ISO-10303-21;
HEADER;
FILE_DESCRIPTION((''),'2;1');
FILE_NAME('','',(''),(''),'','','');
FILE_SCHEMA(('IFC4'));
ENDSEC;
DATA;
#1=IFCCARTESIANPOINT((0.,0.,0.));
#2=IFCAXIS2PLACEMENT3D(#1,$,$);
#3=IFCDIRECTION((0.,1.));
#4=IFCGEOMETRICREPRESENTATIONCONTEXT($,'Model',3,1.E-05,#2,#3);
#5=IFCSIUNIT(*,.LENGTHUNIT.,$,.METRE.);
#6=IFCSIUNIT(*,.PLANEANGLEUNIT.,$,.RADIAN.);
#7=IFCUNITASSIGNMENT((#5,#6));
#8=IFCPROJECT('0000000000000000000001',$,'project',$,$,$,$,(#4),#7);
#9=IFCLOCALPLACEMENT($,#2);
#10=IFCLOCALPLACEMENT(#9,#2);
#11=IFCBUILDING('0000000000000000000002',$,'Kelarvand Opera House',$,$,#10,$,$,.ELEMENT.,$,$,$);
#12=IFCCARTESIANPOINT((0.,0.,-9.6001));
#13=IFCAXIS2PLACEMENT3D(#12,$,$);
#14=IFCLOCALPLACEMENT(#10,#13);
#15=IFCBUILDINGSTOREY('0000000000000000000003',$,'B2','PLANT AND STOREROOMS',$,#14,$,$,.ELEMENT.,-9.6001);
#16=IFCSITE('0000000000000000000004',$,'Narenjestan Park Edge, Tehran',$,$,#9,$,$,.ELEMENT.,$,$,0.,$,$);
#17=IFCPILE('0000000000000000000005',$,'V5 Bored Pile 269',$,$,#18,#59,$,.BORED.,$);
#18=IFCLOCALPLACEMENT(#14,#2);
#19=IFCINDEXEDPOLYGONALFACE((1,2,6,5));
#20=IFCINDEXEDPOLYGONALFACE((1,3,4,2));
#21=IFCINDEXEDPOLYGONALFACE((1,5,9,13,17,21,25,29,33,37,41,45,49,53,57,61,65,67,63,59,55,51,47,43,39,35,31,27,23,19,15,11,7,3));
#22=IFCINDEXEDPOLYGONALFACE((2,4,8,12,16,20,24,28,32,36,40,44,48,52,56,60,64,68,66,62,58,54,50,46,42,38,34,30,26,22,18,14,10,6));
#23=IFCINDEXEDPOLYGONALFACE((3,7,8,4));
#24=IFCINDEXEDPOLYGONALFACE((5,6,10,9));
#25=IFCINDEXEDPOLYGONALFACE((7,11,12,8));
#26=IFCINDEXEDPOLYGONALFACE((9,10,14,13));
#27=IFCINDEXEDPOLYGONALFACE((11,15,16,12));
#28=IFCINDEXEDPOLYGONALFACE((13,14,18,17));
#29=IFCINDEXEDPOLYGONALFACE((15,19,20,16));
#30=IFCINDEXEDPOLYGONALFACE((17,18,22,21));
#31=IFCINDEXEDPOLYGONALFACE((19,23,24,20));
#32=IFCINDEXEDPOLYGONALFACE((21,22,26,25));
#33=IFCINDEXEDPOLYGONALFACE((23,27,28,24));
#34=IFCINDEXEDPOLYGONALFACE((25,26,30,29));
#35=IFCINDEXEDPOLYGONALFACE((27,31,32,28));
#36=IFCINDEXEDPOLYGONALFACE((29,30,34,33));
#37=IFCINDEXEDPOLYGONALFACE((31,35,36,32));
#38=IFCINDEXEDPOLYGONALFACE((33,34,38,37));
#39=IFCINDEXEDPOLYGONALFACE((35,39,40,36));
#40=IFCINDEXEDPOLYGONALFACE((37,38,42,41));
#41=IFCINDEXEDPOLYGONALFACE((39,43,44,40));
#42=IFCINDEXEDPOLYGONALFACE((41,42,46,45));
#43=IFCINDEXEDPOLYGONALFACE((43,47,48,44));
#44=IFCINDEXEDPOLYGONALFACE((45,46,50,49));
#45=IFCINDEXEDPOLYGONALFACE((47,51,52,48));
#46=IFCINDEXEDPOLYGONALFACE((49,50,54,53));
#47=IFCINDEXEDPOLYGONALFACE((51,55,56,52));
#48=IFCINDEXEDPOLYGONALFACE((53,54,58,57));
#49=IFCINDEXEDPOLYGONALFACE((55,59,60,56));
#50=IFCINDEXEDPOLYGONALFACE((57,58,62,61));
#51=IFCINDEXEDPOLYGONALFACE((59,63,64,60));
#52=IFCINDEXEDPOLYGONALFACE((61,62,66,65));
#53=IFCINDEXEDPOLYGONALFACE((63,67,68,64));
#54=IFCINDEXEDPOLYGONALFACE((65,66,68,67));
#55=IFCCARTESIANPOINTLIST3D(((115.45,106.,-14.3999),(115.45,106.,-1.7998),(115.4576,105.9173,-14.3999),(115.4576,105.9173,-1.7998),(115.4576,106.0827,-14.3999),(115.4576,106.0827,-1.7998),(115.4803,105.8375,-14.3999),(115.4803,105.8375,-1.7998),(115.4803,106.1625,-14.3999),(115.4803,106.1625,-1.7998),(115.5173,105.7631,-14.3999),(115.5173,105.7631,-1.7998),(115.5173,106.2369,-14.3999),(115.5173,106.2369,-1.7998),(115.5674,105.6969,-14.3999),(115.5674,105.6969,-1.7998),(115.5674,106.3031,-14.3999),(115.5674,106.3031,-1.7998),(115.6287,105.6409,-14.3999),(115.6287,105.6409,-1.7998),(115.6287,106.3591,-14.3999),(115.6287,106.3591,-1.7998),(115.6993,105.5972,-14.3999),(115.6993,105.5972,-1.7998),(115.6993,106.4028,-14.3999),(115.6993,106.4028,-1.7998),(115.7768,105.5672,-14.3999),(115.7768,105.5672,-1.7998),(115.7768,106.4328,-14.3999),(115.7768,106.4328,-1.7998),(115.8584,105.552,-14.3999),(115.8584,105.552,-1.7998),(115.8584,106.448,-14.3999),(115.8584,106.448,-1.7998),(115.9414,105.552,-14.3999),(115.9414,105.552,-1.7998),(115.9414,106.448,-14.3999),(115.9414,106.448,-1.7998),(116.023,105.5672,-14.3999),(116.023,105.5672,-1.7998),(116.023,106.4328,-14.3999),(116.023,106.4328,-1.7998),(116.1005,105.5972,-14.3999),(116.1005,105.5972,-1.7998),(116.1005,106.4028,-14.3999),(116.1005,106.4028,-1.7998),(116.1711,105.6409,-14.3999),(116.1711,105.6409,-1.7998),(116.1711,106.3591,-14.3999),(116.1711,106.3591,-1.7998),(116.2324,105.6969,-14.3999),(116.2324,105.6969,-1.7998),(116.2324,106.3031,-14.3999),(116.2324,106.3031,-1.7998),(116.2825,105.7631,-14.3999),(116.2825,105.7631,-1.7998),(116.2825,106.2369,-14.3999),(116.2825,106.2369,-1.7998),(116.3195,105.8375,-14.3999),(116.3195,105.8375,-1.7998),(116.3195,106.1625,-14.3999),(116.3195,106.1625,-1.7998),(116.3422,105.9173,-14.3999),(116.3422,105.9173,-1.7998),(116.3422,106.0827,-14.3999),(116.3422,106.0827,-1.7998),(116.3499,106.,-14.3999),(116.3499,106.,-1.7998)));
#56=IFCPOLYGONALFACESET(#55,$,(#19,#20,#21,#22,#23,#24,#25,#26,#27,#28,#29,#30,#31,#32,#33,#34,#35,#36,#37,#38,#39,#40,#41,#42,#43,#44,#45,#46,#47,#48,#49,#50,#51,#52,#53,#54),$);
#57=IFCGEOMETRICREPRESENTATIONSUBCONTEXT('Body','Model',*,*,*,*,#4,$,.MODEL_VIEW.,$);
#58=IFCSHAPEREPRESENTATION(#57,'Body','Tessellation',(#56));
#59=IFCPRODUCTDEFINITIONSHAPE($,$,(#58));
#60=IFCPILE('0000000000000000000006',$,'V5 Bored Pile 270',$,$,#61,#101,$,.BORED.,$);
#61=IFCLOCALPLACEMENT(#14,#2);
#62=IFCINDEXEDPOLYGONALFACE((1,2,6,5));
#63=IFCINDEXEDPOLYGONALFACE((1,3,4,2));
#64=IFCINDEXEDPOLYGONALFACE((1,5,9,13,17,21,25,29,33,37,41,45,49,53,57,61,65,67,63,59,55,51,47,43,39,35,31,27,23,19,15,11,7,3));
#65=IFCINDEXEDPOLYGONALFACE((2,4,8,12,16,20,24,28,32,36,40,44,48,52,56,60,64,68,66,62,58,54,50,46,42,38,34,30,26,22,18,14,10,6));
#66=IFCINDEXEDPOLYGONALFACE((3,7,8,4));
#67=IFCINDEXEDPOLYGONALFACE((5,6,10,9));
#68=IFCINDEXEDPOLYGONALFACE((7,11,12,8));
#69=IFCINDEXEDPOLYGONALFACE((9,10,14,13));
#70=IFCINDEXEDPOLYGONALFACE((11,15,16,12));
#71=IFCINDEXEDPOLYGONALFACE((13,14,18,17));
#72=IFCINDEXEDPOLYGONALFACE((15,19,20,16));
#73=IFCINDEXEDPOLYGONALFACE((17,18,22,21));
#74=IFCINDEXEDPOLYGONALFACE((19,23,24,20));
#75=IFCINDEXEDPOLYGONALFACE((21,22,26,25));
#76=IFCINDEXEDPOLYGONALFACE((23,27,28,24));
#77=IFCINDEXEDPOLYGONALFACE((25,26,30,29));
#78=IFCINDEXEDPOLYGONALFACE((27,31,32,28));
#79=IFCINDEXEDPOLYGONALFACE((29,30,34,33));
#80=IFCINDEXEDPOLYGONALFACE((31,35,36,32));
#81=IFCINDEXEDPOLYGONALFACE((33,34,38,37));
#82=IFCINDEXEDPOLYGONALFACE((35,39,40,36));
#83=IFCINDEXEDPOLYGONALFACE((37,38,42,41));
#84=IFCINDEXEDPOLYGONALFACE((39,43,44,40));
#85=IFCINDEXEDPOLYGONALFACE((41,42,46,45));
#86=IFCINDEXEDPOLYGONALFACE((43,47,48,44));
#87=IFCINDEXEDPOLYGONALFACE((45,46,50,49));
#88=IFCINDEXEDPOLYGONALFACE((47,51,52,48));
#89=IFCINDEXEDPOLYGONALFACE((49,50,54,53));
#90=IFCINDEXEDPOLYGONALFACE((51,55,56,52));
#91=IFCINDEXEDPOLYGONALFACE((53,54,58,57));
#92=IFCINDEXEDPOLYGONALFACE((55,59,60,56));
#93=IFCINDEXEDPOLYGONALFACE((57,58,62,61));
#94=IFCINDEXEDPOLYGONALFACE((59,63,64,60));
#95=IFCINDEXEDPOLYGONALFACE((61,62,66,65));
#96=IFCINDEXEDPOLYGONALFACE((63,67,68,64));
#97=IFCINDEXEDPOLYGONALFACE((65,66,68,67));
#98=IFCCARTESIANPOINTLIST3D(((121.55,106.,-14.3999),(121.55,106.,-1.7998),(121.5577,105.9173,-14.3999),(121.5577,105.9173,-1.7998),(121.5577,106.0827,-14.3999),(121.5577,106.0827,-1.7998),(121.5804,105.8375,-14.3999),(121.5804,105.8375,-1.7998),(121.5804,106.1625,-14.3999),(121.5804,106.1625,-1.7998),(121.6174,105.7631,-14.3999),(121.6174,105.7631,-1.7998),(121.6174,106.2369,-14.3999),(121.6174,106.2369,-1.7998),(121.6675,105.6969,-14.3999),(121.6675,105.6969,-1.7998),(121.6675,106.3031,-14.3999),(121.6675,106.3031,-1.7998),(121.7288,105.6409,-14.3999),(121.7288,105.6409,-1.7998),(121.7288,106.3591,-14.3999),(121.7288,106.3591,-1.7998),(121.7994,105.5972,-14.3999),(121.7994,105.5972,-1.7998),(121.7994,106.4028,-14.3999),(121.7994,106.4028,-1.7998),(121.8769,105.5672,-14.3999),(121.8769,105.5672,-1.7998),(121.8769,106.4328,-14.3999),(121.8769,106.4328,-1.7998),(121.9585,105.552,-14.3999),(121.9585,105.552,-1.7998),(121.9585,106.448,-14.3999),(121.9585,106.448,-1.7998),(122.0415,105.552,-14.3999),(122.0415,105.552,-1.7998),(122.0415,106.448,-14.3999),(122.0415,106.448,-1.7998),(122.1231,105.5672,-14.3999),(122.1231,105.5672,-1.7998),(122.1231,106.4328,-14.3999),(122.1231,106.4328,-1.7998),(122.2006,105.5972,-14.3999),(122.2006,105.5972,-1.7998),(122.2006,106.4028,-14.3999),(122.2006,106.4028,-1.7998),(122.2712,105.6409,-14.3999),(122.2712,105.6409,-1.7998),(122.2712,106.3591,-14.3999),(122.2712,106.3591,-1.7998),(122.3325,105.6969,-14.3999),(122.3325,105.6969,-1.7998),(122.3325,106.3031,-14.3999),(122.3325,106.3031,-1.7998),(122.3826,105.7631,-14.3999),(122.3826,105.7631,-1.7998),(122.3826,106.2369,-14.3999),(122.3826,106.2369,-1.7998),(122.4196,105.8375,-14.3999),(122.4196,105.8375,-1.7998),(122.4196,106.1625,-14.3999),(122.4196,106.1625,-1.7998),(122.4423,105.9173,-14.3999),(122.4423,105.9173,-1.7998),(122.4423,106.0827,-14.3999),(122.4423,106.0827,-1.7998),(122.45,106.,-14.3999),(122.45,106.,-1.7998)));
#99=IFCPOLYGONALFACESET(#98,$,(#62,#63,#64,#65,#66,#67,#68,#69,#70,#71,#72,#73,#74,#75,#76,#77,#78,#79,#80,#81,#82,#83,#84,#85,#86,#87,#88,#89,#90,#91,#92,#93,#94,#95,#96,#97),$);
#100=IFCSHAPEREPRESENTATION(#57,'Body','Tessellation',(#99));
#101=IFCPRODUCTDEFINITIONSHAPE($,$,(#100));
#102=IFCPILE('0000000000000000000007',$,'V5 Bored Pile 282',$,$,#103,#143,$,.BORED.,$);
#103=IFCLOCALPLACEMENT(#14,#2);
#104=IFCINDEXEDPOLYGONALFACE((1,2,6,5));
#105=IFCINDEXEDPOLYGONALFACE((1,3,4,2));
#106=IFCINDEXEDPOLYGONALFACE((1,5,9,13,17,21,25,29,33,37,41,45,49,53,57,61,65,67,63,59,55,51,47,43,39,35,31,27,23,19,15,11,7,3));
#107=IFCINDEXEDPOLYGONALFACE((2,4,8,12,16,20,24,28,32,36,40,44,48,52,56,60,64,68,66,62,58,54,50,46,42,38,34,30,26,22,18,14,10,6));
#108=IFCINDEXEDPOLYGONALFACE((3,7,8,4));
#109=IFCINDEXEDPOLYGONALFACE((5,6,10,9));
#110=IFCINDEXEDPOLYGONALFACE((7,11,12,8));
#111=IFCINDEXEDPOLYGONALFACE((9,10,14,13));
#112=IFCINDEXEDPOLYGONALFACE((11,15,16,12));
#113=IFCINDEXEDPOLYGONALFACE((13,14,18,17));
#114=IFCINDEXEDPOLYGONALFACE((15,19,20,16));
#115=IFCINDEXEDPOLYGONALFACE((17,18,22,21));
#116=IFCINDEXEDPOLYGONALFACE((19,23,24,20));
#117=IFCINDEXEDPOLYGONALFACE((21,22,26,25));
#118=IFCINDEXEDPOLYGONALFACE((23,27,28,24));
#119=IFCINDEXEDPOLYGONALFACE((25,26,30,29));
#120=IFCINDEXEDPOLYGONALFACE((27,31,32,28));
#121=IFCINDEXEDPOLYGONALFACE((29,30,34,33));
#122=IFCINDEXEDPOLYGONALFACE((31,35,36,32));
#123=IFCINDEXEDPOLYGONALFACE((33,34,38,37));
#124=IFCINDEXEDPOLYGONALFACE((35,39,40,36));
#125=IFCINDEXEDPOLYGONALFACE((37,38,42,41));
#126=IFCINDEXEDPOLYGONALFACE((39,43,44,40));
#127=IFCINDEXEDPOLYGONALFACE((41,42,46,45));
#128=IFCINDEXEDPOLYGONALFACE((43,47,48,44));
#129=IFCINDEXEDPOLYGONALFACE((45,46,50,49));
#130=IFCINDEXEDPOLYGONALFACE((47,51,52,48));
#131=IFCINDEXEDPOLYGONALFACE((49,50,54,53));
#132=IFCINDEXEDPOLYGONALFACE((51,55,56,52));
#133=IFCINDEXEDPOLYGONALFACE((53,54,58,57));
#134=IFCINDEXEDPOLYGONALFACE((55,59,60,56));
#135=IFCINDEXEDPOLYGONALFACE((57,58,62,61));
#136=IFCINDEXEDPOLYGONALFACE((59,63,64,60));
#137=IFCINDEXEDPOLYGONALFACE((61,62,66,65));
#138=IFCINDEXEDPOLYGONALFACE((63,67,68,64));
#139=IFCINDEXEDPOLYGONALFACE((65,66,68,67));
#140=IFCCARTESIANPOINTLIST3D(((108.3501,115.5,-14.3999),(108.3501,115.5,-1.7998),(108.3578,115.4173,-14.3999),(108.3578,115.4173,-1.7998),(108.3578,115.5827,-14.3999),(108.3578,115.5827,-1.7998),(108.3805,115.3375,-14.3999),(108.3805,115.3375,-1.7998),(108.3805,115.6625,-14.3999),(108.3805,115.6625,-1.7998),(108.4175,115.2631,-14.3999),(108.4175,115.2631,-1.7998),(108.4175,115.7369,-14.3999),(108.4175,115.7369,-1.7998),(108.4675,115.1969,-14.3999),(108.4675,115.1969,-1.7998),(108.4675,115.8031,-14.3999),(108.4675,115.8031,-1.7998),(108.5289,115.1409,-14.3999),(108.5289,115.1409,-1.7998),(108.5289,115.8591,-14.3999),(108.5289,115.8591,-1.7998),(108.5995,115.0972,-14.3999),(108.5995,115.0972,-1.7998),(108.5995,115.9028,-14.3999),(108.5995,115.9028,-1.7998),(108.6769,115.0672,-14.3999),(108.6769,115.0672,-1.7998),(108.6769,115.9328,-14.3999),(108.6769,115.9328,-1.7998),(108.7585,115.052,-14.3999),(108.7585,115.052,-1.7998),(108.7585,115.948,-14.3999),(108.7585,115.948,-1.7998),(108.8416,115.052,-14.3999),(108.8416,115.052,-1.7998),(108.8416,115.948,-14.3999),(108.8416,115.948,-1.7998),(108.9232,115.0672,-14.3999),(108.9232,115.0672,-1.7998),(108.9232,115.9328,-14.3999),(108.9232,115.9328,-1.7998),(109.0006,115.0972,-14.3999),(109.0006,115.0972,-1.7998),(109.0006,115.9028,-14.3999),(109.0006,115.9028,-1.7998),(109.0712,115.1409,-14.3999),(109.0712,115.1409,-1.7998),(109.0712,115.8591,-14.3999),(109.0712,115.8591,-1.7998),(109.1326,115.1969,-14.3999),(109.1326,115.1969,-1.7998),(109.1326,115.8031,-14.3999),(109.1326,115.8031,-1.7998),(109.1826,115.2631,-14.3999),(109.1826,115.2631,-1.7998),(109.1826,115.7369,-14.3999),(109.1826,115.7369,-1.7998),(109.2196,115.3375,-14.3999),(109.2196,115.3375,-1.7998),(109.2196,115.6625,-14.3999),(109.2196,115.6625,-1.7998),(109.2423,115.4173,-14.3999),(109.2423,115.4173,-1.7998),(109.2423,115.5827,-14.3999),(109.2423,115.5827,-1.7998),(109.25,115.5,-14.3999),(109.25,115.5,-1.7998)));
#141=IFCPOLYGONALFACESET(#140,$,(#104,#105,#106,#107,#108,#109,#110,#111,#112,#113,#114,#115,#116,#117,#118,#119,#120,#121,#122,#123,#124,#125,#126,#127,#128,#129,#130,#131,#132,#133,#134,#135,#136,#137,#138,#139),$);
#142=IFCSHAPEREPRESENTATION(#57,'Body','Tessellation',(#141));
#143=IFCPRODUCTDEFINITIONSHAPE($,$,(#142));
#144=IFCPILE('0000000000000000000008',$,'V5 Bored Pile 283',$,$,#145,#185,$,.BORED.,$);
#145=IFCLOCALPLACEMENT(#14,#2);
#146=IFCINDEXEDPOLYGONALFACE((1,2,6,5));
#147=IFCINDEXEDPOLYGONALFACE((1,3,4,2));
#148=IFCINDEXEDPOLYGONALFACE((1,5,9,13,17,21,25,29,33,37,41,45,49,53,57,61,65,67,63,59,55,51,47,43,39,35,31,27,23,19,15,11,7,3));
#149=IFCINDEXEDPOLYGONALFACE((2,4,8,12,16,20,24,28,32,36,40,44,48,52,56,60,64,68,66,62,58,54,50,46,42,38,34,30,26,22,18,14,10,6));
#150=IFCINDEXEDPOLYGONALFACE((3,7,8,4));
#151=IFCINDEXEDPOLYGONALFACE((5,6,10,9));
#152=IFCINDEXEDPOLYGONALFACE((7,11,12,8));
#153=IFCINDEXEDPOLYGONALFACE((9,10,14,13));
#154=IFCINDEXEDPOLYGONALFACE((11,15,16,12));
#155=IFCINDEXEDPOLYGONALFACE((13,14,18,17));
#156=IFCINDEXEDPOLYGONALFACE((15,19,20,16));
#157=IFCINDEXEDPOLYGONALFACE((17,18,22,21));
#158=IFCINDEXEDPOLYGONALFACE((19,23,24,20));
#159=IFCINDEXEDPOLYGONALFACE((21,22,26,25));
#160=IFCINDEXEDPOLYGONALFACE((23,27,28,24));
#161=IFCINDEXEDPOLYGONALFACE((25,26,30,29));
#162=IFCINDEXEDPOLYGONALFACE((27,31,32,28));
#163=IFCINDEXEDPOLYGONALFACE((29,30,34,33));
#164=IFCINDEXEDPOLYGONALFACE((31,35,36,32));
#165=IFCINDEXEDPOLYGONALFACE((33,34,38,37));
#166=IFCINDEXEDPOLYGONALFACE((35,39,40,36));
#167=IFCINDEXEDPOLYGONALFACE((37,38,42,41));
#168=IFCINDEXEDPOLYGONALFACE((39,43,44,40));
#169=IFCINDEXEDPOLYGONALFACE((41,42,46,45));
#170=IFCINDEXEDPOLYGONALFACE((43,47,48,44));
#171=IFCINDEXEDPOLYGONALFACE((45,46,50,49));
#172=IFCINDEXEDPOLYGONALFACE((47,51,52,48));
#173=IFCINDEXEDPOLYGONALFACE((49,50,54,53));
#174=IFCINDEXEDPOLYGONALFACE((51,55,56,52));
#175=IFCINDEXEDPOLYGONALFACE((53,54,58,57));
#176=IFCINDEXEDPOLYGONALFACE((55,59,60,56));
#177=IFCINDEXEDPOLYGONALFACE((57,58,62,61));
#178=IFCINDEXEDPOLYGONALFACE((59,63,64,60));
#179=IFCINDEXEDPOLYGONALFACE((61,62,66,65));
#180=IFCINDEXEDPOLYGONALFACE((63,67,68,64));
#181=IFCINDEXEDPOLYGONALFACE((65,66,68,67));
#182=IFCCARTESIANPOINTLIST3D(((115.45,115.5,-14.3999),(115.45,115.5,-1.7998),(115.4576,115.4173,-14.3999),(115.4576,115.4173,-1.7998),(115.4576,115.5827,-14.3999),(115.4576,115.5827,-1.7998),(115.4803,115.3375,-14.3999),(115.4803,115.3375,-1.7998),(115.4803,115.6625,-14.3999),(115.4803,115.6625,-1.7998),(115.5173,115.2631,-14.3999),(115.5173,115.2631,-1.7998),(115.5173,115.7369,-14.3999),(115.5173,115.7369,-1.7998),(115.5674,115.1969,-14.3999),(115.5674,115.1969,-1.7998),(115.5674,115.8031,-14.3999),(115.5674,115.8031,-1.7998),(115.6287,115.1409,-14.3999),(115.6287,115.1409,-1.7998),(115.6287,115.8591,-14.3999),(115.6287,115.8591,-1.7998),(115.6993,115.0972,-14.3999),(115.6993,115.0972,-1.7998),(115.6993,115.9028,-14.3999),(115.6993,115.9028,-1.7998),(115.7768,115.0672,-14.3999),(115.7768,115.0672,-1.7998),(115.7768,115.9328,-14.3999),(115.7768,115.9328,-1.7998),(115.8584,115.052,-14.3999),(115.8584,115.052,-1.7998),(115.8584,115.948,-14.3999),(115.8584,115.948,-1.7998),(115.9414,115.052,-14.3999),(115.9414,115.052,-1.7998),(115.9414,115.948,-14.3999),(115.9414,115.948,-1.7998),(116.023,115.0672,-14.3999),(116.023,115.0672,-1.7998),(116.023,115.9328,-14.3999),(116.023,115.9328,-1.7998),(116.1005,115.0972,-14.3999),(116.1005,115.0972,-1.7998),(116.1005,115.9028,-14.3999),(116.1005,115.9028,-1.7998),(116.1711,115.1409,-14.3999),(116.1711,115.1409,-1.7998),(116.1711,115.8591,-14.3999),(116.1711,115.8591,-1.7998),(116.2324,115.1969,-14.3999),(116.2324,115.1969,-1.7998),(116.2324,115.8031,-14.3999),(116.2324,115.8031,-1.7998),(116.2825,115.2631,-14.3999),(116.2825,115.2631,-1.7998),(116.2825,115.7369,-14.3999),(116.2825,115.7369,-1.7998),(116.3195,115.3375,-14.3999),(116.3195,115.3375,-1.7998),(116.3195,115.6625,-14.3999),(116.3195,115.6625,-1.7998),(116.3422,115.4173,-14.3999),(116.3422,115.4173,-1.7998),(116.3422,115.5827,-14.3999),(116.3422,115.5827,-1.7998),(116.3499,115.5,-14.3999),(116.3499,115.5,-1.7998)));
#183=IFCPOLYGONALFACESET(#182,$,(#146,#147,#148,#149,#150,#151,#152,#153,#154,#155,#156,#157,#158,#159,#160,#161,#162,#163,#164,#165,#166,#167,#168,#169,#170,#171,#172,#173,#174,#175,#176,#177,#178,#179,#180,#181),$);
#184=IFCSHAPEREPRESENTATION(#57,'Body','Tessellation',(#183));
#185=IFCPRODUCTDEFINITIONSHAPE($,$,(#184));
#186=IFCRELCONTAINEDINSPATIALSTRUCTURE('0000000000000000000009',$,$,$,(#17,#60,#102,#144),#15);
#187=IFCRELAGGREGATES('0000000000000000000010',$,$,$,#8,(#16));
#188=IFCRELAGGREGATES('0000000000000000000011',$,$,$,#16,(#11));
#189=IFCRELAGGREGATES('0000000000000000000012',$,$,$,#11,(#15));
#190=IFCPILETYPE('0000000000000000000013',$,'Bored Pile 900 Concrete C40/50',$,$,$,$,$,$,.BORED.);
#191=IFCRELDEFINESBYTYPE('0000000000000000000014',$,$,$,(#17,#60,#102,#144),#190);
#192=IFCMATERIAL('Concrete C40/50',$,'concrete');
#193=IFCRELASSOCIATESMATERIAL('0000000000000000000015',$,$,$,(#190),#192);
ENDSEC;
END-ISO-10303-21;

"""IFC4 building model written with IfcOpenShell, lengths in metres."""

from ifc_helpers import new_model, si_unit, direction, frame, origin, origin_2d, place, context, subcontext, project, spatial, circle, extrude, material, material_profile, profile_set, type_object, element, save


model = new_model("IFC4")

# Units and contexts
model_context = context("Model", 3, precision=1e-05, world=origin(), true_north=direction((0.0, 1.0)))
body_context = subcontext(model_context, "Body", "Model", "MODEL_VIEW")
ifc_project = project(units=[si_unit("LENGTHUNIT", "METRE"), si_unit("PLANEANGLEUNIT", "RADIAN")], contexts=[model_context])

# Site, building, storey
site_placement = place(None, origin())
site = spatial("IfcSite", under=ifc_project, at=site_placement, Name="Narenjestan Park Edge, Tehran", CompositionType="ELEMENT", RefElevation=0.0)
building_placement = place(site_placement, origin())
building = spatial("IfcBuilding", under=site, at=building_placement, Name="Kelarvand Opera House", CompositionType="ELEMENT")
storey_placement = place(building_placement, frame((0.0, 0.0, -9.6001)))
storey = spatial("IfcBuildingStorey", under=building, at=storey_placement, Name="B2", Description="PLANT AND STOREROOMS", CompositionType="ELEMENT", Elevation=-9.6001)

# Piles
ifc_material_1 = material(Name="Concrete C40/50", Category="concrete")
ifc_material_profile_1 = material_profile(ifc_material_1, circle(Radius=0.45, at=origin_2d()), Name="BP 900", Category="concrete")
ifc_profile_set_1 = profile_set([ifc_material_profile_1], Name="Concrete C40/50")
pile_type = type_object("IfcPileType", Name="Bored Pile 900 Concrete C40/50", PredefinedType="BORED", material=ifc_profile_set_1)
for number, where, z_axis, x_axis, name in (
    (1, (115.8999, 106.0, -1.7998), (0.0, 0.0, -1.0), (1.0, 0.0, 0.0), "V5 Bored Pile 269"),
    (2, (122.0, 106.0, -1.7998), (0.0, 0.0, -1.0), (1.0, 0.0, 0.0), "V5 Bored Pile 270"),
    (3, (108.8, 115.5, -1.7998), (0.0, 0.0, -1.0), (1.0, 0.0, 0.0), "V5 Bored Pile 282"),
    (4, (115.8999, 115.5, -1.7998), (0.0, 0.0, -1.0), (1.0, 0.0, 0.0), "V5 Bored Pile 283"),
):
    element("IfcPile", number, at=place(storey_placement, frame(where, z_axis=z_axis, x_axis=x_axis)), inside=storey, type_object=pile_type, Name=name, PredefinedType="BORED", context=body_context, shape_type="SweptSolid", body=[
        extrude(circle(Radius=0.45, at=origin_2d()), origin(), (0.0, 0.0, 1.0), 12.6001),
    ])

save(model, "model.ifc")
